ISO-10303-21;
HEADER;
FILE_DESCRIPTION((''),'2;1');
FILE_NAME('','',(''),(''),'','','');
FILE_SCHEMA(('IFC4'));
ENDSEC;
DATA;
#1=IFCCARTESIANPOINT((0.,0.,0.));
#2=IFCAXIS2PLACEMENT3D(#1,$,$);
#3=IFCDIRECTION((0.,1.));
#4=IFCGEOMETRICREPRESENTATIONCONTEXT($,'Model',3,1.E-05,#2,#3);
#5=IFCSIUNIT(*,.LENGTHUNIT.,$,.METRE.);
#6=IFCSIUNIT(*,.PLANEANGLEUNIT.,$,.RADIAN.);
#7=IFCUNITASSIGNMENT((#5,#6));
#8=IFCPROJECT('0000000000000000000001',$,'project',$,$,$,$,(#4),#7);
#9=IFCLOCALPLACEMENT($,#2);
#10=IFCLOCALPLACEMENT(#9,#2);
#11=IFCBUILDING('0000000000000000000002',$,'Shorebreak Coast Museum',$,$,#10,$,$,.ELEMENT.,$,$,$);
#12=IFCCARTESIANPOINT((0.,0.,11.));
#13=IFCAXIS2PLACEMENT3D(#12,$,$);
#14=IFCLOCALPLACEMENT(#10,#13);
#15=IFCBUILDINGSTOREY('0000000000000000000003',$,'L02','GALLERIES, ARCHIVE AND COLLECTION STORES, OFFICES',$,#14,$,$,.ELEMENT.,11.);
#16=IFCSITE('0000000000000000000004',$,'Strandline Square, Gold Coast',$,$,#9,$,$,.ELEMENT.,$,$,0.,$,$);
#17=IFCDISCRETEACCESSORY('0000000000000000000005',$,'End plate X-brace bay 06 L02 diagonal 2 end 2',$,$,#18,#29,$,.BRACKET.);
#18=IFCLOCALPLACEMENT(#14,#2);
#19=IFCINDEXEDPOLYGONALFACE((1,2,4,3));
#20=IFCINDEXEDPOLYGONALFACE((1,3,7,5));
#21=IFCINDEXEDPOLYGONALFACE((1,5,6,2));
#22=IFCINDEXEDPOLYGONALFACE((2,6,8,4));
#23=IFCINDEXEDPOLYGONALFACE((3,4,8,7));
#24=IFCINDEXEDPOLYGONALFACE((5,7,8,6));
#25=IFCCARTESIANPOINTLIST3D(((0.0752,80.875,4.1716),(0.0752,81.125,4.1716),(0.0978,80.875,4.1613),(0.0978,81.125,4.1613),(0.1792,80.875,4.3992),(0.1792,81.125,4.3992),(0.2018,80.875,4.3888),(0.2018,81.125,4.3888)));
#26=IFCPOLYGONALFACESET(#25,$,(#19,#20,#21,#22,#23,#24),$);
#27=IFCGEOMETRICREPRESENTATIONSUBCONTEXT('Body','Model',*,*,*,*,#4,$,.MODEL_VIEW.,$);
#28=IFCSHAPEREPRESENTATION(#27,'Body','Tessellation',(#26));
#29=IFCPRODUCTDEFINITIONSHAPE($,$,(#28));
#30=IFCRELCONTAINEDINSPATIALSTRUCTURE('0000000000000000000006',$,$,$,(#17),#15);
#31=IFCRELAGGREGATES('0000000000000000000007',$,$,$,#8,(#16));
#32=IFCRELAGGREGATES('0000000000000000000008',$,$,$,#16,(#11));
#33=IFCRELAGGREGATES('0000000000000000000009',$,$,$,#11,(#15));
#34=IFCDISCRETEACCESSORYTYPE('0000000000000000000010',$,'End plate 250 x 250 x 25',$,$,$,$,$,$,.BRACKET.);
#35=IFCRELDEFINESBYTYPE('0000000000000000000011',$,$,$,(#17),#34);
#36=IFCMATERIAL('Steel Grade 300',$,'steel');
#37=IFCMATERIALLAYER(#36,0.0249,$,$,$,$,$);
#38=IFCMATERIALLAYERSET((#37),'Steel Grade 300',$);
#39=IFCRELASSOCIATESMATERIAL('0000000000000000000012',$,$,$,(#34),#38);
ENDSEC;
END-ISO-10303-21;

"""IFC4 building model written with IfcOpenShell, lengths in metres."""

from ifc_helpers import new_model, si_unit, direction, frame, origin, place, context, subcontext, project, spatial, polyline, outline, extrude, material, layer, layer_set, type_object, element, save


model = new_model("IFC4")

# Units and contexts
model_context = context("Model", 3, precision=1e-05, world=origin(), true_north=direction((0.0, 1.0)))
body_context = subcontext(model_context, "Body", "Model", "MODEL_VIEW")
ifc_project = project(units=[si_unit("LENGTHUNIT", "METRE"), si_unit("PLANEANGLEUNIT", "RADIAN")], contexts=[model_context])

# Site, building, storey
site_placement = place(None, origin())
site = spatial("IfcSite", under=ifc_project, at=site_placement, Name="Strandline Square, Gold Coast", CompositionType="ELEMENT", RefElevation=0.0)
building_placement = place(site_placement, origin())
building = spatial("IfcBuilding", under=site, at=building_placement, Name="Shorebreak Coast Museum", CompositionType="ELEMENT")
storey_placement = place(building_placement, frame((0.0, 0.0, 11.0)))
storey = spatial("IfcBuildingStorey", under=building, at=storey_placement, Name="L02", Description="GALLERIES, ARCHIVE AND COLLECTION STORES, OFFICES", CompositionType="ELEMENT", Elevation=11.0)

# Discrete accessory
ifc_material_1 = material(Name="Steel Grade 300", Category="steel")
ifc_layer_1 = layer(ifc_material_1, 0.0249)
ifc_layer_set_1 = layer_set([ifc_layer_1], Name="Steel Grade 300")
discrete_accessory_type = type_object("IfcDiscreteAccessoryType", Name="End plate 250 x 250 x 25", PredefinedType="BRACKET", material=ifc_layer_set_1)
for number, where, z_axis, x_axis, name in (
    (1, (0.0752, 81.125, 4.1716), (-0.909496, 0.0, 0.415714), (0.0, -1.0, 0.0), "End plate X-brace bay 06 L02 diagonal 2 end 2"),
):
    element("IfcDiscreteAccessory", number, at=place(storey_placement, frame(where, z_axis=z_axis, x_axis=x_axis)), inside=storey, type_object=discrete_accessory_type, Name=name, PredefinedType="BRACKET", context=body_context, shape_type="SweptSolid", body=[
        extrude(outline(polyline([(0.0, 0.0), (0.25, 0.0), (0.25, 0.2502), (0.0, 0.2502), (0.0, 0.0)])), origin(), (0.0, 0.0, -1.0), 0.0249),
    ])

save(model, "model.ifc")
